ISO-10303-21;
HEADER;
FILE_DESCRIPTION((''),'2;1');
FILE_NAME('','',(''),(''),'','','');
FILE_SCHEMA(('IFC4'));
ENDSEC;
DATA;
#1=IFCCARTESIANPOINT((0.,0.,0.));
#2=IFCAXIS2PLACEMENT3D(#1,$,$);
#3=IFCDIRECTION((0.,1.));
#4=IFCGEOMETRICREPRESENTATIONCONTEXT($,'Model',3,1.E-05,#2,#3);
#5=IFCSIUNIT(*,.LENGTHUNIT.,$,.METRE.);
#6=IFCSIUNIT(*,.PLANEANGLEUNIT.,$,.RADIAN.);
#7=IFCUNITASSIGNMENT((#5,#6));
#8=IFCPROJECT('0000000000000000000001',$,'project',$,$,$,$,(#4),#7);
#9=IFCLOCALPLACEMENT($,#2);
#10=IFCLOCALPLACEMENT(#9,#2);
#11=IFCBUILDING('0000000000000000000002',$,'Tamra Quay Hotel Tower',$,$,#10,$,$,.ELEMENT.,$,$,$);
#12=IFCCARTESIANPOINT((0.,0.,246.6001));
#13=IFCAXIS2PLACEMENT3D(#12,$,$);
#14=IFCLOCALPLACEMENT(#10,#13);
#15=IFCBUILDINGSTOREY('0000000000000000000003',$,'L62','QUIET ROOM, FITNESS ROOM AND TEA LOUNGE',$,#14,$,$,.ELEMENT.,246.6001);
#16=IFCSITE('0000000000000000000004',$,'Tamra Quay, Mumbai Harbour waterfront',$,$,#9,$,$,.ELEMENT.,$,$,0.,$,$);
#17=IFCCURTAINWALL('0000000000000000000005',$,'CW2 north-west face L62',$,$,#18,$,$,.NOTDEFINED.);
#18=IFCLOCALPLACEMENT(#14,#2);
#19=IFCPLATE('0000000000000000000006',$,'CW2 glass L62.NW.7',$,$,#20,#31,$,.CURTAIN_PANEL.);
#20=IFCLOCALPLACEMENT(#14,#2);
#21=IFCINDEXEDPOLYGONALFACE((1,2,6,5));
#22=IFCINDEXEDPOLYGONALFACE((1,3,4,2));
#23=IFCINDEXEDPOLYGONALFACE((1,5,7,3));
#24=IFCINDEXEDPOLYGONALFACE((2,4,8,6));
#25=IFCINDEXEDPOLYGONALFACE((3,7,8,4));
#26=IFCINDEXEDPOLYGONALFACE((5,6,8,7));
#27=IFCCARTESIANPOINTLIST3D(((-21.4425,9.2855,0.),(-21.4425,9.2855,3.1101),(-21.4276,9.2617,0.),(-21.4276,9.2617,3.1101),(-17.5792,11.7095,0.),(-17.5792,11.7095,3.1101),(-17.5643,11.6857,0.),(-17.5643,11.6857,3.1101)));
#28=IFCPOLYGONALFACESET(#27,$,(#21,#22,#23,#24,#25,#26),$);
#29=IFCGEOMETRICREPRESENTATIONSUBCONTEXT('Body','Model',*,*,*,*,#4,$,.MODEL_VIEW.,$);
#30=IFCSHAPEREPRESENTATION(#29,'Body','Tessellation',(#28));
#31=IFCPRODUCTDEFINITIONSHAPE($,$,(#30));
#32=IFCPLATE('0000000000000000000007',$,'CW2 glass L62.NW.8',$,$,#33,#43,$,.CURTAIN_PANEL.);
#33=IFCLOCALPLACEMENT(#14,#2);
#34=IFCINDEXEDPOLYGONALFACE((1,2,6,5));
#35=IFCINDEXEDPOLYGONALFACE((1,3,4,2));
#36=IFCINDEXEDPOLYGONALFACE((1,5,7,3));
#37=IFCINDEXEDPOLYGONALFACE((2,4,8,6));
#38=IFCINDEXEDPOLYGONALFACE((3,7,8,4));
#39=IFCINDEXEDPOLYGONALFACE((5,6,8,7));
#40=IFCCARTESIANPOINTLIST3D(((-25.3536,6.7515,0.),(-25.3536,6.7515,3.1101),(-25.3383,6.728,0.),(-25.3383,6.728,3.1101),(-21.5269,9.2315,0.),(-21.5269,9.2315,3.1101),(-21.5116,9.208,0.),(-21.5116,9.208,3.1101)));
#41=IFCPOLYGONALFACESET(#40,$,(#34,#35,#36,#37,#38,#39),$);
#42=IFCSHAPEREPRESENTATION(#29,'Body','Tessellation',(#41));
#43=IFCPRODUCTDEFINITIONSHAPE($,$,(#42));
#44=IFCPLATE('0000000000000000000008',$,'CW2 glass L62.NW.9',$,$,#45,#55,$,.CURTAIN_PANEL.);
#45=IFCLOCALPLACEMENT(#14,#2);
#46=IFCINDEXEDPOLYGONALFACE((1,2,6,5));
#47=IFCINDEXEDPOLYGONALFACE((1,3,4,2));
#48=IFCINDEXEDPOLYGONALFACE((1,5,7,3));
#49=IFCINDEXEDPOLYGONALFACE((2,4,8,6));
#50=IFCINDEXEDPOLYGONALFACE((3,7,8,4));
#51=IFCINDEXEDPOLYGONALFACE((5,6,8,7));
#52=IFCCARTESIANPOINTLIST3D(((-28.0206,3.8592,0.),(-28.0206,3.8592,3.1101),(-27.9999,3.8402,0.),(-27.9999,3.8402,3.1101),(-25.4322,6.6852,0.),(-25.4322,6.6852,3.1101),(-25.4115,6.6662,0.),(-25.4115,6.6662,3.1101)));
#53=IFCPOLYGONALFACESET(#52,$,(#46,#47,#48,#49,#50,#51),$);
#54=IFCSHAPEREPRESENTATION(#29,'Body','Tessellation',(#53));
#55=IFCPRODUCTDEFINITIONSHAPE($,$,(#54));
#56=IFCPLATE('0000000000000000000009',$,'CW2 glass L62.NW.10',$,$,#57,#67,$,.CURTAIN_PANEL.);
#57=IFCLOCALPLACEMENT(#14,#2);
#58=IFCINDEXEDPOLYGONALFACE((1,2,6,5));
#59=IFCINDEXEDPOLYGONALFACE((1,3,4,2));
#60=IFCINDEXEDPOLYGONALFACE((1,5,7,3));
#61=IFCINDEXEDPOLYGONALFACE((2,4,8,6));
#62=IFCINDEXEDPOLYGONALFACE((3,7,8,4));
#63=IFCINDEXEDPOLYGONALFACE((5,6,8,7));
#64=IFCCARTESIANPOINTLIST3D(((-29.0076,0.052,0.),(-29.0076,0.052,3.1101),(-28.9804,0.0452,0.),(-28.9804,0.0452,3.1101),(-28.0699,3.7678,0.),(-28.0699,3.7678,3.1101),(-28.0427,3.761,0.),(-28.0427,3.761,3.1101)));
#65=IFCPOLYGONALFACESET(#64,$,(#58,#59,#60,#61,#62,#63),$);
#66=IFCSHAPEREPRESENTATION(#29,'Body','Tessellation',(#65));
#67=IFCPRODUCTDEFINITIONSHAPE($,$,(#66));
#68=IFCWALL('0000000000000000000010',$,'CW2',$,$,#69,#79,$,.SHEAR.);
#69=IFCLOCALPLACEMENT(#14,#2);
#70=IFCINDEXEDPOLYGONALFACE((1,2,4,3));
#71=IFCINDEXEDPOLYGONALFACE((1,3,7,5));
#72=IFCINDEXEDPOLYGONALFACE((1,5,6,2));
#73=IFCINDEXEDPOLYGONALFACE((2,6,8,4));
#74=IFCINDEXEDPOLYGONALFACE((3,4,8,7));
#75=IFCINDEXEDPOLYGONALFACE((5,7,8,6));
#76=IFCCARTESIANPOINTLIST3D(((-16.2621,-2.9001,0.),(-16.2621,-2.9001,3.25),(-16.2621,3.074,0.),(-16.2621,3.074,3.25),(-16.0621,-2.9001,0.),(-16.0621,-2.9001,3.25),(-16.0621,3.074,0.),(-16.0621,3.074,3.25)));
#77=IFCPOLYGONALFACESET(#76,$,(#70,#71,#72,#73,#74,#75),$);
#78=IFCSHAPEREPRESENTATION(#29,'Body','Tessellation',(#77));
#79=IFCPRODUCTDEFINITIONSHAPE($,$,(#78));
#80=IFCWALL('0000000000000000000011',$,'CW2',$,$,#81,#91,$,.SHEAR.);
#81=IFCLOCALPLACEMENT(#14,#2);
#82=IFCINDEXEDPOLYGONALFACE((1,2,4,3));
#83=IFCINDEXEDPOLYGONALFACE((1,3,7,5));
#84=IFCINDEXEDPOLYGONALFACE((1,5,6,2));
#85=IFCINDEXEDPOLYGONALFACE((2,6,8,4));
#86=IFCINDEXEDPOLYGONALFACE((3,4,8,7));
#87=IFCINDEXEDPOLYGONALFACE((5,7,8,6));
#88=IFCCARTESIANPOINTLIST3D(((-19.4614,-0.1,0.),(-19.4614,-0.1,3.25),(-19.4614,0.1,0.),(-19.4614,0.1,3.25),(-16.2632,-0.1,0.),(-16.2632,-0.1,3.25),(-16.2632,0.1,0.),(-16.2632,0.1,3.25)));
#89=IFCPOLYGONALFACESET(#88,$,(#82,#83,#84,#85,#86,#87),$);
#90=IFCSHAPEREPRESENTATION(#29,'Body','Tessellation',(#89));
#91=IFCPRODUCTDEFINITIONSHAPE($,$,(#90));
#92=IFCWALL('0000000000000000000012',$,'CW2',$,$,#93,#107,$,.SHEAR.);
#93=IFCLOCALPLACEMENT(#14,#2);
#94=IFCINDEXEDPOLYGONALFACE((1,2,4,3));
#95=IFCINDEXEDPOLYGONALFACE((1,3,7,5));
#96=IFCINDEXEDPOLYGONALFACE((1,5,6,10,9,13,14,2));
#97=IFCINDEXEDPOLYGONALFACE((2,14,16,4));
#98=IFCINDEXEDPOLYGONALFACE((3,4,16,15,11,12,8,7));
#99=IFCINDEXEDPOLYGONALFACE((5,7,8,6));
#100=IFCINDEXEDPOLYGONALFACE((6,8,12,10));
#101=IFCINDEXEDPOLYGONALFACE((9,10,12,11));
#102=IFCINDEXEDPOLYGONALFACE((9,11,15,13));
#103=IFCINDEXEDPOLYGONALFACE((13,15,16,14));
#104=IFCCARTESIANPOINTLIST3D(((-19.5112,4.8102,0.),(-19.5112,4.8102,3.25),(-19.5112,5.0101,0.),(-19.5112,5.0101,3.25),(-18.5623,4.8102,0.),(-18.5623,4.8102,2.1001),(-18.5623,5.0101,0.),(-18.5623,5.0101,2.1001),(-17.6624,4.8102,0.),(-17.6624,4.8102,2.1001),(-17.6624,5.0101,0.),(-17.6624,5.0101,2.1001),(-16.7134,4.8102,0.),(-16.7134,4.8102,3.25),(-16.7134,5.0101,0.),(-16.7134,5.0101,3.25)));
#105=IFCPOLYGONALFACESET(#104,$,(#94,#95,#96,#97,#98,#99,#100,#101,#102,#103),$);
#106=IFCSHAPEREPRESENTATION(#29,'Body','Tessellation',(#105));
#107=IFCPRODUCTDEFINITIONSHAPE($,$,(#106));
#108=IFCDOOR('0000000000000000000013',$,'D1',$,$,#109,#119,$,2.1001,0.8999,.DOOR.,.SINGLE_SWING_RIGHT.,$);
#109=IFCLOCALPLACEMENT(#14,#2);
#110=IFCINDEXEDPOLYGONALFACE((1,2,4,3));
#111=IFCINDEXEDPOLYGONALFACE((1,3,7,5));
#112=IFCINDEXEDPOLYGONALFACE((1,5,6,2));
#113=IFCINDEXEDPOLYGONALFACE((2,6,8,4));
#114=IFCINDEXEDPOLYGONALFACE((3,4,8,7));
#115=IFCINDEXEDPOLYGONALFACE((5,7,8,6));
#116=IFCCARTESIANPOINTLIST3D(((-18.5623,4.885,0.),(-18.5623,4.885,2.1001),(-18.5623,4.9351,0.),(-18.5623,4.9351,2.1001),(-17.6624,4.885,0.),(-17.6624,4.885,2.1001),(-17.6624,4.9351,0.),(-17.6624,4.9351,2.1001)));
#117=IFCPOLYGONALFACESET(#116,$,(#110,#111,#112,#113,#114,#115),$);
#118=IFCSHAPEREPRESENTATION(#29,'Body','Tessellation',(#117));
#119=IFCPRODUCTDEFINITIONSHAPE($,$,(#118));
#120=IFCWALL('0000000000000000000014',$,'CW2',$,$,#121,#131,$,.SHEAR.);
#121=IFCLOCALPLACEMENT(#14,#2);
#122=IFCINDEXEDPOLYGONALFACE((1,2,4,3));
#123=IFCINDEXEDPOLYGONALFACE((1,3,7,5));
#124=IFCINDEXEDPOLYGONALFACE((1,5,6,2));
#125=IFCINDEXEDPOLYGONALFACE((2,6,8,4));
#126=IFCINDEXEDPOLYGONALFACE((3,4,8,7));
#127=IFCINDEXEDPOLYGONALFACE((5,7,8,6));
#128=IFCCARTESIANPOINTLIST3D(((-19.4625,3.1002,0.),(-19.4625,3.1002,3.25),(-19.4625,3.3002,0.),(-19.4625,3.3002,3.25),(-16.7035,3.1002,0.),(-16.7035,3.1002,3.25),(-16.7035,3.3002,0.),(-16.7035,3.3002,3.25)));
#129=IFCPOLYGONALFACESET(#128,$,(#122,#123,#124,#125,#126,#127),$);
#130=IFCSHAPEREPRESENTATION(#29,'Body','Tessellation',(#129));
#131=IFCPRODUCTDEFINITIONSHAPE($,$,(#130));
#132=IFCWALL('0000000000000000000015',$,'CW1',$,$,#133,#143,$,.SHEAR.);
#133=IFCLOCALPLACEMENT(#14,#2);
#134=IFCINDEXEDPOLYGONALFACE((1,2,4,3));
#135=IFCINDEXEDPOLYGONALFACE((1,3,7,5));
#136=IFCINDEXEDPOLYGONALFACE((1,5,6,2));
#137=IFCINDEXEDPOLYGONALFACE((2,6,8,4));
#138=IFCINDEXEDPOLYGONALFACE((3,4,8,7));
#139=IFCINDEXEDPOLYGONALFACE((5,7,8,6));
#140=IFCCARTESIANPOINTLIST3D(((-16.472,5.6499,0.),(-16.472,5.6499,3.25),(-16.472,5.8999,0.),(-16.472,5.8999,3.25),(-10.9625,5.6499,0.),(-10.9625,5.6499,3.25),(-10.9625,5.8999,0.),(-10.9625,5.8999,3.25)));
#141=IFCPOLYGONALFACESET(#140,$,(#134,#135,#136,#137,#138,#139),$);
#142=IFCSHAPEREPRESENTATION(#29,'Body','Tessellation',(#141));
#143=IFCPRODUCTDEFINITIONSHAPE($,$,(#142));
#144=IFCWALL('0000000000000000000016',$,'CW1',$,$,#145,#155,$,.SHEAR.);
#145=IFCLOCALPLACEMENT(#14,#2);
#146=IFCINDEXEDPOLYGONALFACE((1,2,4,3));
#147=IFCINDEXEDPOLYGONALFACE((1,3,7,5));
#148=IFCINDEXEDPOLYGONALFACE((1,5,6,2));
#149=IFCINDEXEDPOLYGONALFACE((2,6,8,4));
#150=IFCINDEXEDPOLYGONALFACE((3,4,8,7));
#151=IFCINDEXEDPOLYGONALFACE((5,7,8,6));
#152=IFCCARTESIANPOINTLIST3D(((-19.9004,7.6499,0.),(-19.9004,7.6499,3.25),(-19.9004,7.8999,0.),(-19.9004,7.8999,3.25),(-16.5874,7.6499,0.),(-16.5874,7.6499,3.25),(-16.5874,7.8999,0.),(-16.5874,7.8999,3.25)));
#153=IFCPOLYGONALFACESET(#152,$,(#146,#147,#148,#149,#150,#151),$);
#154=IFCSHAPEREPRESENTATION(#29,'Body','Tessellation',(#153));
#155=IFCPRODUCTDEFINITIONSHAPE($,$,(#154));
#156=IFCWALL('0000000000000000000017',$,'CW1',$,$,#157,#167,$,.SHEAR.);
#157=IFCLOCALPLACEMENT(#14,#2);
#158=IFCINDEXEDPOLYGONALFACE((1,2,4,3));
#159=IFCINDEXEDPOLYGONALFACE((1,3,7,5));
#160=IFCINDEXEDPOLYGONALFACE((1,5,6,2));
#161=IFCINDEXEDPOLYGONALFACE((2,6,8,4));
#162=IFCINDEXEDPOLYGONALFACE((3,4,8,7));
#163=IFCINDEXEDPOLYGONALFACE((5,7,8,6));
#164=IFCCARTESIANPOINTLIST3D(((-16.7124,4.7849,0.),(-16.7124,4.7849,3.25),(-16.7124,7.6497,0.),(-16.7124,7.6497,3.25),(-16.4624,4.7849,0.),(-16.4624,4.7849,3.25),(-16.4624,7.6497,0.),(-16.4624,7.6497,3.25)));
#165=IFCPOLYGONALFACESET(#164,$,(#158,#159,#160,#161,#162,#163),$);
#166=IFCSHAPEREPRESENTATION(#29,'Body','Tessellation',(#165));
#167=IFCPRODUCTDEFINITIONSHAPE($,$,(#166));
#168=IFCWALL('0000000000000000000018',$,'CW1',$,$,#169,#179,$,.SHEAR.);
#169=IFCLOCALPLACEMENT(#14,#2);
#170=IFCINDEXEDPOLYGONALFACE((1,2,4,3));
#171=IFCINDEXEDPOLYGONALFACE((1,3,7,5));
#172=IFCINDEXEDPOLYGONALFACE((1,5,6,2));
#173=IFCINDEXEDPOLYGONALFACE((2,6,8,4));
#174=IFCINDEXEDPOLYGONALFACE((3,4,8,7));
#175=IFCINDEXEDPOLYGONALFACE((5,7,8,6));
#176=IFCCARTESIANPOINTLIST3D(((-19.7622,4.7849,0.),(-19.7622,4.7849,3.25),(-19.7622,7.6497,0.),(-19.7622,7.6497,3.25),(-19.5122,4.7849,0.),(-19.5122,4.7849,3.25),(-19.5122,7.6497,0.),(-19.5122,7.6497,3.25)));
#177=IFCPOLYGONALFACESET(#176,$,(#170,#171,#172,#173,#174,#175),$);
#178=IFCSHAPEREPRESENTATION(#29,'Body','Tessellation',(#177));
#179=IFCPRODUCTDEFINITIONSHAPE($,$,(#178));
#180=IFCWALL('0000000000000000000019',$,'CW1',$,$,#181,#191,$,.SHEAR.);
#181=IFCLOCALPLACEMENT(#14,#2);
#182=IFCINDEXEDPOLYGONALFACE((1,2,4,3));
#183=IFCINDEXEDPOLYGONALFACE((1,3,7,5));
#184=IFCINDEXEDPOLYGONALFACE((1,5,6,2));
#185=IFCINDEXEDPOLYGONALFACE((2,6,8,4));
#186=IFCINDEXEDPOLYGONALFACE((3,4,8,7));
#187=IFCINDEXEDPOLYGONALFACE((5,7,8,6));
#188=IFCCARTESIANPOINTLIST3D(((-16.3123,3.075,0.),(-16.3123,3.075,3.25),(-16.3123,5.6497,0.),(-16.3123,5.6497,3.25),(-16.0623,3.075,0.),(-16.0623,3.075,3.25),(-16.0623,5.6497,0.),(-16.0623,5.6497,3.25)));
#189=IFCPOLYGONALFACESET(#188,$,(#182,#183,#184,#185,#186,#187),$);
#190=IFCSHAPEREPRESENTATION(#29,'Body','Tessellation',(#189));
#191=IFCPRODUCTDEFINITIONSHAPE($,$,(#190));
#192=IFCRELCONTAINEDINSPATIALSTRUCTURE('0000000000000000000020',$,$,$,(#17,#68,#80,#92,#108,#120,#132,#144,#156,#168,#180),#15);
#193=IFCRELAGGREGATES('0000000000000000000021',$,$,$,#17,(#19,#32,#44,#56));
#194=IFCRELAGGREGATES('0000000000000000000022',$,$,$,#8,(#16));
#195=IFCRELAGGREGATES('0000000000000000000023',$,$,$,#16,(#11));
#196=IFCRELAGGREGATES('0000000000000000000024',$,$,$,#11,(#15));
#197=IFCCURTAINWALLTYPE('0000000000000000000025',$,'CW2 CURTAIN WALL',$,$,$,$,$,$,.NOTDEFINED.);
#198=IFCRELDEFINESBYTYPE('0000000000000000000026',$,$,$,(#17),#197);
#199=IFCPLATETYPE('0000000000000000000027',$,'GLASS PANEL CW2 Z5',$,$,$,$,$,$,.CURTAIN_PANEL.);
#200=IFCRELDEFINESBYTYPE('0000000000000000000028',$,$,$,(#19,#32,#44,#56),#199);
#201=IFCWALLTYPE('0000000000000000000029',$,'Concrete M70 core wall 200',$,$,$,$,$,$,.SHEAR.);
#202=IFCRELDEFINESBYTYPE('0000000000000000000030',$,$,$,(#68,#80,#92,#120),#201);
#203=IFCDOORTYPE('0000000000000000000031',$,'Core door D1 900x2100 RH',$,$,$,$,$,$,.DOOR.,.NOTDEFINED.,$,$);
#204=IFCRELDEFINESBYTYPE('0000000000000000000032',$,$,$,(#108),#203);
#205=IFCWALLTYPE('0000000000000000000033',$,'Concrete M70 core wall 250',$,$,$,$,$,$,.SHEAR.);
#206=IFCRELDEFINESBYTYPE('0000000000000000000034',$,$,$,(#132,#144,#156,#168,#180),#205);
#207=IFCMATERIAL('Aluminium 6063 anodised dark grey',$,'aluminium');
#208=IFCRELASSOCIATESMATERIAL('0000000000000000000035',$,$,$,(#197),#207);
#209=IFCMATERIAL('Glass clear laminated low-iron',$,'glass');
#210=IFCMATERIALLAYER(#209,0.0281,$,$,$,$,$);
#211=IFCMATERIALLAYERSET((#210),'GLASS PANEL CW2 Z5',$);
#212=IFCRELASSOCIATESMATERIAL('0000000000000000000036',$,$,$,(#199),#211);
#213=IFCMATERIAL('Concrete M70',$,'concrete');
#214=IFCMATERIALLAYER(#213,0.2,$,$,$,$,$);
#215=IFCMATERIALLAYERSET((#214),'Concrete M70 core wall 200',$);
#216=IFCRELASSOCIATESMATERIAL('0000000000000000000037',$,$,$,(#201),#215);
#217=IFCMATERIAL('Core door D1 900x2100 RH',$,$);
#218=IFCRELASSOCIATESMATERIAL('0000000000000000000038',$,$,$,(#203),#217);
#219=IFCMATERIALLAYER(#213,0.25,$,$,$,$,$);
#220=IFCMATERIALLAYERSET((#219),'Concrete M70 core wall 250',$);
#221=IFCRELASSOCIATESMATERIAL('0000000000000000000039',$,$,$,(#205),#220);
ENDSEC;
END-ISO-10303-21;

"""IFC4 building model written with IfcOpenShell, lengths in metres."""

from ifc_helpers import new_model, si_unit, direction, frame, frame_2d, origin, origin_2d, place, context, subcontext, project, spatial, rectangle, extrude, material, layer, layer_set, type_object, element, fill, aggregate, save


model = new_model("IFC4")

# Units and contexts
model_context = context("Model", 3, precision=1e-05, world=origin(), true_north=direction((0.0, 1.0)))
body_context = subcontext(model_context, "Body", "Model", "MODEL_VIEW")
ifc_project = project(units=[si_unit("LENGTHUNIT", "METRE"), si_unit("PLANEANGLEUNIT", "RADIAN")], contexts=[model_context])

# Site, building, storey
site_placement = place(None, origin())
site = spatial("IfcSite", under=ifc_project, at=site_placement, Name="Tamra Quay, Mumbai Harbour waterfront", CompositionType="ELEMENT", RefElevation=0.0)
building_placement = place(site_placement, origin())
building = spatial("IfcBuilding", under=site, at=building_placement, Name="Tamra Quay Hotel Tower", CompositionType="ELEMENT")
storey_placement = place(building_placement, frame((0.0, 0.0, 246.6001)))
storey = spatial("IfcBuildingStorey", under=building, at=storey_placement, Name="L62", Description="QUIET ROOM, FITNESS ROOM AND TEA LOUNGE", CompositionType="ELEMENT", Elevation=246.6001)

# Shared definitions
ifc_material_1 = material(Name="Concrete M70", Category="concrete")

# Curtain wall
ifc_material_2 = material(Name="Aluminium 6063 anodised dark grey", Category="aluminium")
curtain_wall_type = type_object("IfcCurtainWallType", Name="CW2 CURTAIN WALL", PredefinedType="NOTDEFINED", material=ifc_material_2)
curtain_wall_placement = place(storey_placement, origin())
curtain_wall = element("IfcCurtainWall", 1, at=curtain_wall_placement, inside=storey, type_object=curtain_wall_type, Name="CW2 north-west face L62", PredefinedType="NOTDEFINED")

# Plates
ifc_material_3 = material(Name="Glass clear laminated low-iron", Category="glass")
ifc_layer_1 = layer(ifc_material_3, 0.0281)
ifc_layer_set_1 = layer_set([ifc_layer_1], Name="GLASS PANEL CW2 Z5")
plate_type = type_object("IfcPlateType", Name="GLASS PANEL CW2 Z5", PredefinedType="CURTAIN_PANEL", material=ifc_layer_set_1)
plate_1_placement = place(storey_placement, frame((-19.5034, 10.4856, 0.0), z_axis=(0.0, 0.0, 1.0), x_axis=(-0.847069, -0.531484, 0.0)))
plate_1 = element("IfcPlate", 2, at=plate_1_placement, type_object=plate_type, Name="CW2 glass L62.NW.7", PredefinedType="CURTAIN_PANEL", context=body_context, shape_type="SweptSolid", body=[
    extrude(rectangle(XDim=4.5608, YDim=0.0281, at=origin_2d()), origin(), (0.0, 0.0, 1.0), 3.1101),
])
plate_2_placement = place(storey_placement, frame((-23.4326, 7.9797, 0.0), z_axis=(0.0, 0.0, 1.0), x_axis=(-0.839179, -0.543855, 0.0)))
plate_2 = element("IfcPlate", 3, at=plate_2_placement, type_object=plate_type, Name="CW2 glass L62.NW.8", PredefinedType="CURTAIN_PANEL", context=body_context, shape_type="SweptSolid", body=[
    extrude(rectangle(XDim=4.5601, YDim=0.0281, at=origin_2d()), origin(), (0.0, 0.0, 1.0), 3.1101),
])
plate_3_placement = place(storey_placement, frame((-26.7161, 5.2627, 0.0), z_axis=(0.0, 0.0, 1.0), x_axis=(-0.675438, -0.737417, 0.0)))
plate_3 = element("IfcPlate", 4, at=plate_3_placement, type_object=plate_type, Name="CW2 glass L62.NW.9", PredefinedType="CURTAIN_PANEL", context=body_context, shape_type="SweptSolid", body=[
    extrude(rectangle(XDim=3.8323, YDim=0.0281, at=origin_2d()), origin(), (0.0, 0.0, 1.0), 3.1101),
])
plate_4_placement = place(storey_placement, frame((-28.5251, 1.9065, 0.0), z_axis=(0.0, 0.0, 1.0), x_axis=(-0.244677, -0.969605, 0.0)))
plate_4 = element("IfcPlate", 5, at=plate_4_placement, type_object=plate_type, Name="CW2 glass L62.NW.10", PredefinedType="CURTAIN_PANEL", context=body_context, shape_type="SweptSolid", body=[
    extrude(rectangle(XDim=3.8323, YDim=0.0281, at=origin_2d()), origin(), (0.0, 0.0, 1.0), 3.1101),
])
aggregate(curtain_wall, [plate_1, plate_2, plate_3, plate_4])

# Walls
ifc_layer_2 = layer(ifc_material_1, 0.2)
ifc_layer_set_2 = layer_set([ifc_layer_2], Name="Concrete M70 core wall 200")
wall_type_1 = type_object("IfcWallType", Name="Concrete M70 core wall 200", PredefinedType="SHEAR", material=ifc_layer_set_2)
wall_1_placement = place(storey_placement, frame((-16.1621, 3.074, 0.0), z_axis=(0.0, 0.0, 1.0), x_axis=(0.0, -1.0, 0.0)))
element("IfcWall", 6, at=wall_1_placement, inside=storey, type_object=wall_type_1, Name="CW2", PredefinedType="SHEAR", context=body_context, shape_type="SweptSolid", body=[
    extrude(rectangle(XDim=5.9741, YDim=0.2, at=frame_2d((2.9871, 0.0))), origin(), (0.0, 0.0, 1.0), 3.25),
])
wall_2_placement = place(storey_placement, frame((-16.2632, 0.0, 0.0), z_axis=(0.0, 0.0, 1.0), x_axis=(-1.0, 0.0, 0.0)))
element("IfcWall", 7, at=wall_2_placement, inside=storey, type_object=wall_type_1, Name="CW2", PredefinedType="SHEAR", context=body_context, shape_type="SweptSolid", body=[
    extrude(rectangle(XDim=3.1982, YDim=0.2, at=frame_2d((1.5991, 0.0))), origin(), (0.0, 0.0, 1.0), 3.25),
])

# Wall, opening, door
wall_3_placement = place(storey_placement, frame((-19.5112, 4.9102, 0.0), z_axis=(0.0, 0.0, 1.0), x_axis=(1.0, 0.0, 0.0)))
wall_3 = element("IfcWall", 8, at=wall_3_placement, inside=storey, type_object=wall_type_1, Name="CW2", PredefinedType="SHEAR", context=body_context, shape_type="SweptSolid", body=[
    extrude(rectangle(XDim=2.7979, YDim=0.2, at=frame_2d((1.3989, 0.0))), origin(), (0.0, 0.0, 1.0), 3.25),
])
opening_placement = place(wall_3_placement, frame((0.949, 0.0, 0.0)))
opening = element("IfcOpeningElement", 9, at=opening_placement, cuts=wall_3, PredefinedType="OPENING", context=body_context, shape_type="SweptSolid", body=[
    extrude(rectangle(XDim=0.8999, YDim=2.1001, at=frame_2d((0.45, 1.05))), frame((0.0, 0.1099, 0.0), z_axis=(0.0, -1.0, 0.0), x_axis=(1.0, 0.0, 0.0)), (0.0, 0.0, 1.0), 0.22),
])
ifc_material_4 = material(Name="Core door D1 900x2100 RH")
door_type = type_object("IfcDoorType", Name="Core door D1 900x2100 RH", OperationType="NOTDEFINED", PredefinedType="DOOR", material=ifc_material_4)
door_placement = place(opening_placement, origin())
door = element("IfcDoor", 10, at=door_placement, inside=storey, type_object=door_type, Name="D1", OperationType="SINGLE_SWING_RIGHT", OverallHeight=2.1001, OverallWidth=0.8999, PredefinedType="DOOR", context=body_context, shape_type="SweptSolid", body=[
    extrude(rectangle(XDim=0.8999, YDim=2.1001, at=frame_2d((0.45, 1.05))), frame((0.0, 0.0249, 0.0), z_axis=(0.0, -1.0, 0.0), x_axis=(1.0, 0.0, 0.0)), (0.0, 0.0, 1.0), 0.05),
])
fill(opening, door)

# Walls
wall_4_placement = place(storey_placement, frame((-19.4624, 3.2002, 0.0), z_axis=(0.0, 0.0, 1.0), x_axis=(1.0, 0.0, 0.0)))
element("IfcWall", 11, at=wall_4_placement, inside=storey, type_object=wall_type_1, Name="CW2", PredefinedType="SHEAR", context=body_context, shape_type="SweptSolid", body=[
    extrude(rectangle(XDim=2.759, YDim=0.2, at=frame_2d((1.3794, 0.0))), origin(), (0.0, 0.0, 1.0), 3.25),
])
ifc_layer_3 = layer(ifc_material_1, 0.25)
ifc_layer_set_3 = layer_set([ifc_layer_3], Name="Concrete M70 core wall 250")
wall_type_2 = type_object("IfcWallType", Name="Concrete M70 core wall 250", PredefinedType="SHEAR", material=ifc_layer_set_3)
wall_5_placement = place(storey_placement, frame((-16.4722, 5.7749, 0.0), z_axis=(0.0, 0.0, 1.0), x_axis=(1.0, 0.0, 0.0)))
element("IfcWall", 12, at=wall_5_placement, inside=storey, type_object=wall_type_2, Name="CW1", PredefinedType="SHEAR", context=body_context, shape_type="SweptSolid", body=[
    extrude(rectangle(XDim=5.5095, YDim=0.25, at=frame_2d((2.7549, 0.0))), origin(), (0.0, 0.0, 1.0), 3.25),
])
wall_6_placement = place(storey_placement, frame((-19.9004, 7.7749, 0.0), z_axis=(0.0, 0.0, 1.0), x_axis=(1.0, 0.0, 0.0)))
element("IfcWall", 13, at=wall_6_placement, inside=storey, type_object=wall_type_2, Name="CW1", PredefinedType="SHEAR", context=body_context, shape_type="SweptSolid", body=[
    extrude(rectangle(XDim=3.313, YDim=0.25, at=frame_2d((1.6565, 0.0))), origin(), (0.0, 0.0, 1.0), 3.25),
])
for number, where, z_axis, x_axis, name in (
    (14, (-16.5874, 7.6497, 0.0), (0.0, 0.0, 1.0), (0.0, -1.0, 0.0), "CW1"),
    (15, (-19.6372, 4.7849, 0.0), (0.0, 0.0, 1.0), (0.0, 1.0, 0.0), "CW1"),
):
    element("IfcWall", number, at=place(storey_placement, frame(where, z_axis=z_axis, x_axis=x_axis)), inside=storey, type_object=wall_type_2, Name=name, PredefinedType="SHEAR", context=body_context, shape_type="SweptSolid", body=[
        extrude(rectangle(XDim=2.8647, YDim=0.25, at=frame_2d((1.4324, 0.0))), origin(), (0.0, 0.0, 1.0), 3.25),
    ])
wall_7_placement = place(storey_placement, frame((-16.1873, 3.075, 0.0), z_axis=(0.0, 0.0, 1.0), x_axis=(0.0, 1.0, 0.0)))
element("IfcWall", 16, at=wall_7_placement, inside=storey, type_object=wall_type_2, Name="CW1", PredefinedType="SHEAR", context=body_context, shape_type="SweptSolid", body=[
    extrude(rectangle(XDim=2.5747, YDim=0.25, at=frame_2d((1.2874, 0.0))), origin(), (0.0, 0.0, 1.0), 3.25),
])

save(model, "model.ifc")
